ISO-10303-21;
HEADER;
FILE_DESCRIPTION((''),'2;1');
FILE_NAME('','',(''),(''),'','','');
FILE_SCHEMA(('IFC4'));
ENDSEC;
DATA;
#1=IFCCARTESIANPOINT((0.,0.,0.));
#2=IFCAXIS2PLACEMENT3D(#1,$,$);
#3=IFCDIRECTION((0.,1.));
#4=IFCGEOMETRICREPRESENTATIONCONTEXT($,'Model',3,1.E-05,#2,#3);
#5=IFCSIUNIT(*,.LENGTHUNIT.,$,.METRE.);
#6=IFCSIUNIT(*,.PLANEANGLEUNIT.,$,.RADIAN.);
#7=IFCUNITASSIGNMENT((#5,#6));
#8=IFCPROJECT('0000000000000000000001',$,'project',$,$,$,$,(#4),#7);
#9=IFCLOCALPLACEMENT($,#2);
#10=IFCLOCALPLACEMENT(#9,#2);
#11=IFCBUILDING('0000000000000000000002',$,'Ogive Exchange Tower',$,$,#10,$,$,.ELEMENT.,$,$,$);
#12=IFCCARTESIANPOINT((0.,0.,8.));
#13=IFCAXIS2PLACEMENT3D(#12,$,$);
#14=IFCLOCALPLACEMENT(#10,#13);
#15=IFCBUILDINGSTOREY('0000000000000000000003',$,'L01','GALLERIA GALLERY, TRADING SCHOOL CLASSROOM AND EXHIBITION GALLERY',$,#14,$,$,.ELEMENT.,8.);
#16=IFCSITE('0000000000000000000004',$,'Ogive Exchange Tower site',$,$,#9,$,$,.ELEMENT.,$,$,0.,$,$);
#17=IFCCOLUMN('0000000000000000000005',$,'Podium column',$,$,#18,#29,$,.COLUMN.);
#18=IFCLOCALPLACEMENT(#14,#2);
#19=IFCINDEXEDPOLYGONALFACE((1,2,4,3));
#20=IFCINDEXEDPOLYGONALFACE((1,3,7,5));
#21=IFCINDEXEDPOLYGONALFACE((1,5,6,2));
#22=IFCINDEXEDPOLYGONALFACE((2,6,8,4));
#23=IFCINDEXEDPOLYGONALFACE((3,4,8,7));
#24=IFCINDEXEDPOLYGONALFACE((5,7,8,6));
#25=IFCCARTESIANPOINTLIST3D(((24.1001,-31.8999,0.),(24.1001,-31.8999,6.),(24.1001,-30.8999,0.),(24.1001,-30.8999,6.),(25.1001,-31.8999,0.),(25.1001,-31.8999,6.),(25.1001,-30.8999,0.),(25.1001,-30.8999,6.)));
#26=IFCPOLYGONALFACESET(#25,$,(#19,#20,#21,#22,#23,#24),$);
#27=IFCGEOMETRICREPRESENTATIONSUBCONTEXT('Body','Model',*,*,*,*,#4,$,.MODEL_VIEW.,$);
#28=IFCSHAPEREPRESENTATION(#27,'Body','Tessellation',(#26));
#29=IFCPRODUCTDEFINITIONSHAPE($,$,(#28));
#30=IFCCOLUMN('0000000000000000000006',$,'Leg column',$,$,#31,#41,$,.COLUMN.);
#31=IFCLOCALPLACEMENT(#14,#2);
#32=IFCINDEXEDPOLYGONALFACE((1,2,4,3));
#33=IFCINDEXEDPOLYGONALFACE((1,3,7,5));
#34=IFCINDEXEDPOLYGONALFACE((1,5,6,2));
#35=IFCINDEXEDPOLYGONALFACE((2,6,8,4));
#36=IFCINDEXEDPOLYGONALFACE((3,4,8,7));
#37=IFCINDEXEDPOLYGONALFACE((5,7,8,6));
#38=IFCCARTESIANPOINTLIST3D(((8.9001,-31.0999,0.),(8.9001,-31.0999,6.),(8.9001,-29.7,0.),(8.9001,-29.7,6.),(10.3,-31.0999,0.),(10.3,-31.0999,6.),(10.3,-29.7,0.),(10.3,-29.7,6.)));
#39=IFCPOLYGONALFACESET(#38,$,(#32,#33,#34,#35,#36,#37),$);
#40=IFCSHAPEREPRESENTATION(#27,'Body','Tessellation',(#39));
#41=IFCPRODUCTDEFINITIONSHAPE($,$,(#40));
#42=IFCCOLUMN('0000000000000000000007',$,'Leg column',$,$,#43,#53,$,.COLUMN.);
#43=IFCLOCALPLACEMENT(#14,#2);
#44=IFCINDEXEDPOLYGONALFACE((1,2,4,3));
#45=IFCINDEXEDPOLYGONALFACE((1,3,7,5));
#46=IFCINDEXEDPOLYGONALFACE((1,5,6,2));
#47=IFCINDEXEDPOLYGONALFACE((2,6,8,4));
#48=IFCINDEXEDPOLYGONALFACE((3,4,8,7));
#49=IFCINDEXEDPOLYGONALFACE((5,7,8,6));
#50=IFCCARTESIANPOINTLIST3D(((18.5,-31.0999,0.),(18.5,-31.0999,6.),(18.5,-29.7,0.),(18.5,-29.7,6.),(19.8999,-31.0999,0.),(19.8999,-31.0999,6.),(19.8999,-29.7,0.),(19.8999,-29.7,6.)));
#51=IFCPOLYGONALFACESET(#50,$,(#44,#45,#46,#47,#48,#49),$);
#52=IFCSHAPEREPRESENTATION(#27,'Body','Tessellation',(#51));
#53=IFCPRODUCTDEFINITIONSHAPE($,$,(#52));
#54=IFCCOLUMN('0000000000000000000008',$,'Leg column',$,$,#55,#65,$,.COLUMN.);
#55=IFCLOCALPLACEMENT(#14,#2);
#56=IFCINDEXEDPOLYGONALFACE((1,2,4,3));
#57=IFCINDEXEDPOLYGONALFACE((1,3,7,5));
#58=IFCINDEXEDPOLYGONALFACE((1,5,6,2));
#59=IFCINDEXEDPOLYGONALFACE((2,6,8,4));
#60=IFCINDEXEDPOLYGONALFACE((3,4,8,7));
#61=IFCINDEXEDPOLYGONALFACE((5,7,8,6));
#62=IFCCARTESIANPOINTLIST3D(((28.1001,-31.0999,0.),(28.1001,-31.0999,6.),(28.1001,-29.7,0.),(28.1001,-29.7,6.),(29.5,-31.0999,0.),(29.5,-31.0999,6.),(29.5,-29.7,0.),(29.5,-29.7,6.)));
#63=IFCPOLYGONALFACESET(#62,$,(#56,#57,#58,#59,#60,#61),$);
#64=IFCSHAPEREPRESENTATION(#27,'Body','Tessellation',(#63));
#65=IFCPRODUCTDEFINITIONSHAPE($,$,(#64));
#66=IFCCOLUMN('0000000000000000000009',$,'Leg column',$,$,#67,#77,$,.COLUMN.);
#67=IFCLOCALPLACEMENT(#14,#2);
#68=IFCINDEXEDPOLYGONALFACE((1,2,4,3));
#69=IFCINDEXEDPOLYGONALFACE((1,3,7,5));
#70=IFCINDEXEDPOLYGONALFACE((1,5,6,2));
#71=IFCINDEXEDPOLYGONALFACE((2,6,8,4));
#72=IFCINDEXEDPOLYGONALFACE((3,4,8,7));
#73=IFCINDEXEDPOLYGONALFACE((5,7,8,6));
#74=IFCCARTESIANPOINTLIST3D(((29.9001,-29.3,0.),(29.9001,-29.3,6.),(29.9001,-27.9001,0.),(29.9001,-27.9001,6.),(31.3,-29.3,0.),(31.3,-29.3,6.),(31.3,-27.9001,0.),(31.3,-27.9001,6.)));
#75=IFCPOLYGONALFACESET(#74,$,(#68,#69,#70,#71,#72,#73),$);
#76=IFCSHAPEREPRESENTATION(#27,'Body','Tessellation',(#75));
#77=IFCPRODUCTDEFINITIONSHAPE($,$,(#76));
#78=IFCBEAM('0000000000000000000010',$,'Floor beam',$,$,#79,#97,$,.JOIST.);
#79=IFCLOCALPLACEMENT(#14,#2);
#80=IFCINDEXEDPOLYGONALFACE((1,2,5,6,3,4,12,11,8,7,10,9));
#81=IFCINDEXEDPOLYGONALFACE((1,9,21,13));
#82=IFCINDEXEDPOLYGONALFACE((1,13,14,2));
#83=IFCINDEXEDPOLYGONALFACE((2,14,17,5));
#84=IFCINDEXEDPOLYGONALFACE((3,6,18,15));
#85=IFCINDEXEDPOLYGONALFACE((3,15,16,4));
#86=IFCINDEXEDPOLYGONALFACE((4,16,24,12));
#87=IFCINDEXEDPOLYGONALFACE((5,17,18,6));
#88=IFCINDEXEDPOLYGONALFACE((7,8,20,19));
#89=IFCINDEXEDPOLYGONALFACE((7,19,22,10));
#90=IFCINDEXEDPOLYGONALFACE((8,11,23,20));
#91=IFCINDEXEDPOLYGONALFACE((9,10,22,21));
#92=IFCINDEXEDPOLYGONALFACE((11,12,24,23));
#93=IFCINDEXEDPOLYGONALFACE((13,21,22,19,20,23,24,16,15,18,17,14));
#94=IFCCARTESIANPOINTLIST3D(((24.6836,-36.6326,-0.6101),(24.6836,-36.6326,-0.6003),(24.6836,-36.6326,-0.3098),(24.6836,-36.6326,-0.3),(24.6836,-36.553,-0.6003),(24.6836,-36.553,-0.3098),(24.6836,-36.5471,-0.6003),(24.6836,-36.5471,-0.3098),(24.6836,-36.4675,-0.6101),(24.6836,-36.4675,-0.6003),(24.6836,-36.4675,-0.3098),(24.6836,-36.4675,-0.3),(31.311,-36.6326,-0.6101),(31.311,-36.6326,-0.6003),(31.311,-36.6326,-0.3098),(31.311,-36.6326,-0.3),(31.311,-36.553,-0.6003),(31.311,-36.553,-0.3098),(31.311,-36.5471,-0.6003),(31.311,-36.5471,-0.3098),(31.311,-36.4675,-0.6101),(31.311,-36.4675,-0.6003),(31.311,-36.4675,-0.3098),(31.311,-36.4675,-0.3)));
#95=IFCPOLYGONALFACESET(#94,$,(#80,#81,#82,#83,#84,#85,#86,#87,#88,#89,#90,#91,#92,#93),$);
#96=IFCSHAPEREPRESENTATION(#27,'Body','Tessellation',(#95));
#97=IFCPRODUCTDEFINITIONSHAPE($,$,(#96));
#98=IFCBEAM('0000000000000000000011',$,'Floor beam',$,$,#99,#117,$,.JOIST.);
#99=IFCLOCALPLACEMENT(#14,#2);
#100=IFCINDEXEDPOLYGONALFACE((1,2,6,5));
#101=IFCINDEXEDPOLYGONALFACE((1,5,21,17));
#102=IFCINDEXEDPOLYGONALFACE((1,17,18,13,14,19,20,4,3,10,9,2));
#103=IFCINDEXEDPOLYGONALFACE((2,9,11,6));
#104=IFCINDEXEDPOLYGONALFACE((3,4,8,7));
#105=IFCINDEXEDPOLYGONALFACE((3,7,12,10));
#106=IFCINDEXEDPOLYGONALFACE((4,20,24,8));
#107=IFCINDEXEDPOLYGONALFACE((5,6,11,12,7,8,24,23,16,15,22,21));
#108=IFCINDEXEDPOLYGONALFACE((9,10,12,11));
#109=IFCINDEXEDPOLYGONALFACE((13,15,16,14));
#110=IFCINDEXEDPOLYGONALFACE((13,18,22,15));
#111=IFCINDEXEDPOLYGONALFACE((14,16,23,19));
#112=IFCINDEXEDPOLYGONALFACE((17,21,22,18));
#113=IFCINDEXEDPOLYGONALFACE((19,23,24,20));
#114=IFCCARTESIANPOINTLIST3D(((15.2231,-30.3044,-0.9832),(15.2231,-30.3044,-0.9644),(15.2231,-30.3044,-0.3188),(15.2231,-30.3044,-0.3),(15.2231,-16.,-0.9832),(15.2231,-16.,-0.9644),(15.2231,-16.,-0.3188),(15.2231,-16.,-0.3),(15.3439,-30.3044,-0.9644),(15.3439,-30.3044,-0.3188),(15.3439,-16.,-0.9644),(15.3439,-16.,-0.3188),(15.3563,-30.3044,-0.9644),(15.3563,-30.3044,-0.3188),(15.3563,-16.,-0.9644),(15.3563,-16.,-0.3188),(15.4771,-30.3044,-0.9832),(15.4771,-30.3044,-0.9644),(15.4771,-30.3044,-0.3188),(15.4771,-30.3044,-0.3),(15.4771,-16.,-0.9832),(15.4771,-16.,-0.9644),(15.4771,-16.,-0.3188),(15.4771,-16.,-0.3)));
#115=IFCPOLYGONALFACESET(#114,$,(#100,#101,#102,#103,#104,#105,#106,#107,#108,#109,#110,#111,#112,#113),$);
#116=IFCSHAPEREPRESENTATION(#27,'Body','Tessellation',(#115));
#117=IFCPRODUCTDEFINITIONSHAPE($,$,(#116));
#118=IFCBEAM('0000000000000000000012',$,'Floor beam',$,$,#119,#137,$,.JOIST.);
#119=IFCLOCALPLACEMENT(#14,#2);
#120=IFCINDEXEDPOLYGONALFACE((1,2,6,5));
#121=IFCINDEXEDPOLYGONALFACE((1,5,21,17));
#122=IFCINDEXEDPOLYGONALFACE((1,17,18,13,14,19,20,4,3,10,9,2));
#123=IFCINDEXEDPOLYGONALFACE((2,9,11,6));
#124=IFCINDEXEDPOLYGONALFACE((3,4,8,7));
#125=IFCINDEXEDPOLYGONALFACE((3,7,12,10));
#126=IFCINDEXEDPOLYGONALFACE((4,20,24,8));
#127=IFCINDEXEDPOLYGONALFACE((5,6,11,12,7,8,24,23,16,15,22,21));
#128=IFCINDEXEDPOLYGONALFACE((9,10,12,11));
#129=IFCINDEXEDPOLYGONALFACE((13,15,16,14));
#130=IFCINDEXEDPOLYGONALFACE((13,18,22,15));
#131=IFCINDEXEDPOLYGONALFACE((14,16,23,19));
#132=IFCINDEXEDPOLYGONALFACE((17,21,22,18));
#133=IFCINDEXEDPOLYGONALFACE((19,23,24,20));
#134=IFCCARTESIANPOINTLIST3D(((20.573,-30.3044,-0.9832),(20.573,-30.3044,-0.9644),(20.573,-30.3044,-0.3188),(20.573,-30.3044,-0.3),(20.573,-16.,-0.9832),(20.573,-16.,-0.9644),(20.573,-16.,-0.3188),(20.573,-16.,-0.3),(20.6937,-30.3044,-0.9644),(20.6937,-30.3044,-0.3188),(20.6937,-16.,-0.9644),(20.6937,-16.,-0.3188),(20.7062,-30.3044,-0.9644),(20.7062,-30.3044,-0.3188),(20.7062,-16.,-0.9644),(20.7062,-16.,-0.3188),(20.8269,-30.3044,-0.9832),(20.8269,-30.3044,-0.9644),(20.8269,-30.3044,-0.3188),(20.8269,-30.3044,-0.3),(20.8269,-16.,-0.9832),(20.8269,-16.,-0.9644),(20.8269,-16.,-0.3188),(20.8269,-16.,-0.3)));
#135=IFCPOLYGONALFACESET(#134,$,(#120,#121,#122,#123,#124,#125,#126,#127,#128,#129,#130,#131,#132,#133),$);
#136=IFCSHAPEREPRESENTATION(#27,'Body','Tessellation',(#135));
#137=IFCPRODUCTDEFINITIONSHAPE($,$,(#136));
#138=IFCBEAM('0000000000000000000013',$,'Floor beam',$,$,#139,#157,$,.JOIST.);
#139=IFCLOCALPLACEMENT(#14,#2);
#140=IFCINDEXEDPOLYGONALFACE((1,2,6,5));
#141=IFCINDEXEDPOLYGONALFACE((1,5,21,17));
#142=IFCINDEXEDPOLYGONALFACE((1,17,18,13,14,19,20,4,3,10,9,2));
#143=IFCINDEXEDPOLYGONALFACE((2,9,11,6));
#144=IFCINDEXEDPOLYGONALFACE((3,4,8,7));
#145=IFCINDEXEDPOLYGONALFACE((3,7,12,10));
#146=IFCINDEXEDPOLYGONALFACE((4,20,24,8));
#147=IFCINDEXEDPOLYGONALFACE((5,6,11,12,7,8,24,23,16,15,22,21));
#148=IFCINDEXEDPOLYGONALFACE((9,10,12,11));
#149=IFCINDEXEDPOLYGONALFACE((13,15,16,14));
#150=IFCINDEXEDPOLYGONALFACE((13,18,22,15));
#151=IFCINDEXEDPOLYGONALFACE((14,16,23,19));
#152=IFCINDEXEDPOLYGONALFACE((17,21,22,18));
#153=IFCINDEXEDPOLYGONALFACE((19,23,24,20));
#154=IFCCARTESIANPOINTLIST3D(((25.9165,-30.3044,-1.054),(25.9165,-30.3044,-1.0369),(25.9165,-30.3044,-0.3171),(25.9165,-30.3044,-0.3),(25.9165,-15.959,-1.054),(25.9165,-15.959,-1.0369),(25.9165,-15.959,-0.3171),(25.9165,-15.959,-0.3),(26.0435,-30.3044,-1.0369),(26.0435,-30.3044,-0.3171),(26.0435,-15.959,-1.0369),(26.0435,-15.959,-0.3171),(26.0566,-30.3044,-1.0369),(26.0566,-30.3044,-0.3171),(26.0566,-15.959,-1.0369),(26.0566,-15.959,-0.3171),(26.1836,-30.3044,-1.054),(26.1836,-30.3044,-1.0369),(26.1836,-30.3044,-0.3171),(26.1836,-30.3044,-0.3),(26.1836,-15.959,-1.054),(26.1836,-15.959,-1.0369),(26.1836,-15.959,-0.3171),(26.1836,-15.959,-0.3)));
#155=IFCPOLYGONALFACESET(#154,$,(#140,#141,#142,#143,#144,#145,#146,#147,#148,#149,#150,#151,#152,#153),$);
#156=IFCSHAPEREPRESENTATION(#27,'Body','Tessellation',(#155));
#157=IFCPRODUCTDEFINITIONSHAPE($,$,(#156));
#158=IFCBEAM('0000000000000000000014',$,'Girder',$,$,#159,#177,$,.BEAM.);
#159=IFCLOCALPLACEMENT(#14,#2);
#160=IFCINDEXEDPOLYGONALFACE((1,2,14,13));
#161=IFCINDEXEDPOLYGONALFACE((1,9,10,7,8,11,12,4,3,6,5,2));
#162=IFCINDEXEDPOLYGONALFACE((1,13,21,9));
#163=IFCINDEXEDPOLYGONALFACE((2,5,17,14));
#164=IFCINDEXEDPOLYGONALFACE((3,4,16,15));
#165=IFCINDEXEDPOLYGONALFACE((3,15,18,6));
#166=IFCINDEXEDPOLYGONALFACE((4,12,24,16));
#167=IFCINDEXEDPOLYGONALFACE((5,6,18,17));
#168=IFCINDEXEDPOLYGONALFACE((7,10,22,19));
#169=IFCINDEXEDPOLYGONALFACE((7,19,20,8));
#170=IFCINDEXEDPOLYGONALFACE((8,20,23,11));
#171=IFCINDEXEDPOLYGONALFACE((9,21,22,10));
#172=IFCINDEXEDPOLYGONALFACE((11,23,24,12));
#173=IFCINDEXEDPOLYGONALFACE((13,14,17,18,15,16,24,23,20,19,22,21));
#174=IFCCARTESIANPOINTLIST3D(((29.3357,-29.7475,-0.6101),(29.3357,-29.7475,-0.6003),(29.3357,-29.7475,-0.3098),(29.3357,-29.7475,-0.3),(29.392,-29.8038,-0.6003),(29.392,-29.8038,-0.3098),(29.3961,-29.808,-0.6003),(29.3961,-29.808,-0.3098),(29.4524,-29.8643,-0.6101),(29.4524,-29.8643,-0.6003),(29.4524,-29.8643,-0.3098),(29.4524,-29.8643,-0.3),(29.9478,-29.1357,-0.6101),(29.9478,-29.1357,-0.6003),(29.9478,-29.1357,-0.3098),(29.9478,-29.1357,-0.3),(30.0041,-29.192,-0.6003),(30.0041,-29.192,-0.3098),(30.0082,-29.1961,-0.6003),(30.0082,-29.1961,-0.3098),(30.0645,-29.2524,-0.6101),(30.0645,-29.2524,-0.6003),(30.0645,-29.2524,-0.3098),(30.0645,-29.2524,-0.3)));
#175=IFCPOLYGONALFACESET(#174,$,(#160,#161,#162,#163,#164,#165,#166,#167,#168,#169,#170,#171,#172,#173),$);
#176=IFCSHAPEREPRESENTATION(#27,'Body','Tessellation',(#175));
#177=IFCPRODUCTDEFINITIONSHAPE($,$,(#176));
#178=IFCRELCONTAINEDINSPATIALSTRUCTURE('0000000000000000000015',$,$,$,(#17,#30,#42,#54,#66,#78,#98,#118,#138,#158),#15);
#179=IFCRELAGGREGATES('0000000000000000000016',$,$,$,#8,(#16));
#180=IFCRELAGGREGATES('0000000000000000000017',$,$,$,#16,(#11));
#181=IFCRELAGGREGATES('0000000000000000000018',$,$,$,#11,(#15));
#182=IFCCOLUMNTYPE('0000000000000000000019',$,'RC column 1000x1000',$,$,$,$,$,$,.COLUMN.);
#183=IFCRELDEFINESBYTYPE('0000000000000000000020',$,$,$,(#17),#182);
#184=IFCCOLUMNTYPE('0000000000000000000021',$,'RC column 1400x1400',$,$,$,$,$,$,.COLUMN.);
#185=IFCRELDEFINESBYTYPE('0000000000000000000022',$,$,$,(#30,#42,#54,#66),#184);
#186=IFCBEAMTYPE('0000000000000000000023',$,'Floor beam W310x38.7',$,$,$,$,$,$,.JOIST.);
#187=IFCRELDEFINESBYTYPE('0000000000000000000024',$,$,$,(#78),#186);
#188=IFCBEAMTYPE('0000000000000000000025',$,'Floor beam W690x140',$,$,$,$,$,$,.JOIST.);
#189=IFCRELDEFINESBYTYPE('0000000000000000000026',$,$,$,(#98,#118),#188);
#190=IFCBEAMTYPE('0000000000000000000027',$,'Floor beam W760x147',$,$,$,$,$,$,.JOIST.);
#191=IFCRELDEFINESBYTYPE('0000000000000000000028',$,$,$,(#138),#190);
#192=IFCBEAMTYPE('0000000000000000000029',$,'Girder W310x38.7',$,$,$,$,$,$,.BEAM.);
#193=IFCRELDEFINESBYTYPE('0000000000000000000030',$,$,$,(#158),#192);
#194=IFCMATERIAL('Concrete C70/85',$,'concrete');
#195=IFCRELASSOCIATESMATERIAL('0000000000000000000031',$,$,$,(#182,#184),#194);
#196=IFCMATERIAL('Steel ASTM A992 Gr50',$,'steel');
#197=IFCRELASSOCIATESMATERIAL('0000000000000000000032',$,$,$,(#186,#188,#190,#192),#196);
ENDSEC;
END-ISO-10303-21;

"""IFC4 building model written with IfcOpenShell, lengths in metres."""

from ifc_helpers import new_model, si_unit, direction, frame, origin, origin_2d, place, context, subcontext, project, spatial, rectangle, i_section, extrude, material, material_profile, profile_set, type_object, element, save


model = new_model("IFC4")

# Units and contexts
model_context = context("Model", 3, precision=1e-05, world=origin(), true_north=direction((0.0, 1.0)))
body_context = subcontext(model_context, "Body", "Model", "MODEL_VIEW")
ifc_project = project(units=[si_unit("LENGTHUNIT", "METRE"), si_unit("PLANEANGLEUNIT", "RADIAN")], contexts=[model_context])

# Site, building, storey
site_placement = place(None, origin())
site = spatial("IfcSite", under=ifc_project, at=site_placement, Name="Ogive Exchange Tower site", CompositionType="ELEMENT", RefElevation=0.0)
building_placement = place(site_placement, origin())
building = spatial("IfcBuilding", under=site, at=building_placement, Name="Ogive Exchange Tower", CompositionType="ELEMENT")
storey_placement = place(building_placement, frame((0.0, 0.0, 8.0)))
storey = spatial("IfcBuildingStorey", under=building, at=storey_placement, Name="L01", Description="GALLERIA GALLERY, TRADING SCHOOL CLASSROOM AND EXHIBITION GALLERY", CompositionType="ELEMENT", Elevation=8.0)

# Columns
ifc_material_1 = material(Name="Concrete C70/85", Category="concrete")
ifc_material_profile_1 = material_profile(ifc_material_1, rectangle(XDim=1.0, YDim=1.0, at=origin_2d()), Name="RC 1000x1000")
ifc_profile_set_1 = profile_set([ifc_material_profile_1], Name="Concrete C70/85")
column_type_1 = type_object("IfcColumnType", Name="RC column 1000x1000", PredefinedType="COLUMN", material=ifc_profile_set_1)
column_placement = place(storey_placement, frame((24.6001, -31.3999, 0.0), z_axis=(0.0, 0.0, 1.0), x_axis=(1.0, 0.0, 0.0)))
element("IfcColumn", 1, at=column_placement, inside=storey, type_object=column_type_1, Name="Podium column", PredefinedType="COLUMN", context=body_context, shape_type="SweptSolid", body=[
    extrude(rectangle(XDim=1.0, YDim=1.0, at=origin_2d()), origin(), (0.0, 0.0, 1.0), 6.0),
])
ifc_material_profile_2 = material_profile(ifc_material_1, rectangle(XDim=1.3999, YDim=1.3999, at=origin_2d()), Name="RC 1400x1400")
ifc_profile_set_2 = profile_set([ifc_material_profile_2], Name="Concrete C70/85")
column_type_2 = type_object("IfcColumnType", Name="RC column 1400x1400", PredefinedType="COLUMN", material=ifc_profile_set_2)
for number, where, z_axis, x_axis, name in (
    (2, (9.6001, -30.3999, 0.0), (0.0, 0.0, 1.0), (1.0, 0.0, 0.0), "Leg column"),
    (3, (19.2, -30.3999, 0.0), (0.0, 0.0, 1.0), (1.0, 0.0, 0.0), "Leg column"),
    (4, (28.8, -30.3999, 0.0), (0.0, 0.0, 1.0), (1.0, 0.0, 0.0), "Leg column"),
    (5, (30.6001, -28.6001, 0.0), (0.0, 0.0, 1.0), (1.0, 0.0, 0.0), "Leg column"),
):
    element("IfcColumn", number, at=place(storey_placement, frame(where, z_axis=z_axis, x_axis=x_axis)), inside=storey, type_object=column_type_2, Name=name, PredefinedType="COLUMN", context=body_context, shape_type="SweptSolid", body=[
        extrude(rectangle(XDim=1.3999, YDim=1.3999, at=origin_2d()), origin(), (0.0, 0.0, 1.0), 6.0),
    ])

# Beams
ifc_material_2 = material(Name="Steel ASTM A992 Gr50", Category="steel")
ifc_material_profile_3 = material_profile(ifc_material_2, i_section(OverallWidth=0.165, OverallDepth=0.3101, WebThickness=0.0059, FlangeThickness=0.0098, at=origin_2d()), Name="W310x38.7")
ifc_profile_set_3 = profile_set([ifc_material_profile_3], Name="Steel ASTM A992 Gr50")
beam_type_1 = type_object("IfcBeamType", Name="Floor beam W310x38.7", PredefinedType="JOIST", material=ifc_profile_set_3)
beam_1_placement = place(storey_placement, frame((24.6836, -36.55, -0.4551), z_axis=(1.0, 0.0, 0.0), x_axis=(0.0, 1.0, 0.0)))
element("IfcBeam", 6, at=beam_1_placement, inside=storey, type_object=beam_type_1, Name="Floor beam", PredefinedType="JOIST", context=body_context, shape_type="SweptSolid", body=[
    extrude(i_section(OverallWidth=0.165, OverallDepth=0.3101, WebThickness=0.0059, FlangeThickness=0.0098, at=origin_2d()), origin(), (0.0, 0.0, 1.0), 6.6274),
])
ifc_material_profile_4 = material_profile(ifc_material_2, i_section(OverallWidth=0.2539, OverallDepth=0.6831, WebThickness=0.0125, FlangeThickness=0.0188, at=origin_2d()), Name="W690x140")
ifc_profile_set_4 = profile_set([ifc_material_profile_4], Name="Steel ASTM A992 Gr50")
beam_type_2 = type_object("IfcBeamType", Name="Floor beam W690x140", PredefinedType="JOIST", material=ifc_profile_set_4)
for number, where, z_axis, x_axis, name in (
    (7, (15.3501, -30.3044, -0.6416), (0.0, 1.0, 0.0), (-1.0, 0.0, 0.0), "Floor beam"),
    (8, (20.7, -30.3044, -0.6416), (0.0, 1.0, 0.0), (-1.0, 0.0, 0.0), "Floor beam"),
):
    element("IfcBeam", number, at=place(storey_placement, frame(where, z_axis=z_axis, x_axis=x_axis)), inside=storey, type_object=beam_type_2, Name=name, PredefinedType="JOIST", context=body_context, shape_type="SweptSolid", body=[
        extrude(i_section(OverallWidth=0.2539, OverallDepth=0.6831, WebThickness=0.0125, FlangeThickness=0.0188, at=origin_2d()), origin(), (0.0, 0.0, 1.0), 14.3044),
    ])
ifc_material_profile_5 = material_profile(ifc_material_2, i_section(OverallWidth=0.2671, OverallDepth=0.7539, WebThickness=0.0132, FlangeThickness=0.0171, at=origin_2d()), Name="W760x147")
ifc_profile_set_5 = profile_set([ifc_material_profile_5], Name="Steel ASTM A992 Gr50")
beam_type_3 = type_object("IfcBeamType", Name="Floor beam W760x147", PredefinedType="JOIST", material=ifc_profile_set_5)
beam_2_placement = place(storey_placement, frame((26.05, -30.3044, -0.677), z_axis=(0.0, 1.0, 0.0), x_axis=(-1.0, 0.0, 0.0)))
element("IfcBeam", 9, at=beam_2_placement, inside=storey, type_object=beam_type_3, Name="Floor beam", PredefinedType="JOIST", context=body_context, shape_type="SweptSolid", body=[
    extrude(i_section(OverallWidth=0.2671, OverallDepth=0.7539, WebThickness=0.0132, FlangeThickness=0.0171, at=origin_2d()), origin(), (0.0, 0.0, 1.0), 14.3455),
])
ifc_material_profile_6 = material_profile(ifc_material_2, i_section(OverallWidth=0.165, OverallDepth=0.3101, WebThickness=0.0059, FlangeThickness=0.0098, at=origin_2d()), Name="W310x38.7")
ifc_profile_set_6 = profile_set([ifc_material_profile_6], Name="Steel ASTM A992 Gr50")
beam_type_4 = type_object("IfcBeamType", Name="Girder W310x38.7", PredefinedType="BEAM", material=ifc_profile_set_6)
beam_3_placement = place(storey_placement, frame((29.394, -29.8059, -0.4551), z_axis=(0.707248, 0.706966, 0.0), x_axis=(-0.706966, 0.707248, 0.0)))
element("IfcBeam", 10, at=beam_3_placement, inside=storey, type_object=beam_type_4, Name="Girder", PredefinedType="BEAM", context=body_context, shape_type="SweptSolid", body=[
    extrude(i_section(OverallWidth=0.165, OverallDepth=0.3101, WebThickness=0.0059, FlangeThickness=0.0098, at=origin_2d()), origin(), (0.0, 0.0, 1.0), 0.8655),
])

save(model, "model.ifc")
